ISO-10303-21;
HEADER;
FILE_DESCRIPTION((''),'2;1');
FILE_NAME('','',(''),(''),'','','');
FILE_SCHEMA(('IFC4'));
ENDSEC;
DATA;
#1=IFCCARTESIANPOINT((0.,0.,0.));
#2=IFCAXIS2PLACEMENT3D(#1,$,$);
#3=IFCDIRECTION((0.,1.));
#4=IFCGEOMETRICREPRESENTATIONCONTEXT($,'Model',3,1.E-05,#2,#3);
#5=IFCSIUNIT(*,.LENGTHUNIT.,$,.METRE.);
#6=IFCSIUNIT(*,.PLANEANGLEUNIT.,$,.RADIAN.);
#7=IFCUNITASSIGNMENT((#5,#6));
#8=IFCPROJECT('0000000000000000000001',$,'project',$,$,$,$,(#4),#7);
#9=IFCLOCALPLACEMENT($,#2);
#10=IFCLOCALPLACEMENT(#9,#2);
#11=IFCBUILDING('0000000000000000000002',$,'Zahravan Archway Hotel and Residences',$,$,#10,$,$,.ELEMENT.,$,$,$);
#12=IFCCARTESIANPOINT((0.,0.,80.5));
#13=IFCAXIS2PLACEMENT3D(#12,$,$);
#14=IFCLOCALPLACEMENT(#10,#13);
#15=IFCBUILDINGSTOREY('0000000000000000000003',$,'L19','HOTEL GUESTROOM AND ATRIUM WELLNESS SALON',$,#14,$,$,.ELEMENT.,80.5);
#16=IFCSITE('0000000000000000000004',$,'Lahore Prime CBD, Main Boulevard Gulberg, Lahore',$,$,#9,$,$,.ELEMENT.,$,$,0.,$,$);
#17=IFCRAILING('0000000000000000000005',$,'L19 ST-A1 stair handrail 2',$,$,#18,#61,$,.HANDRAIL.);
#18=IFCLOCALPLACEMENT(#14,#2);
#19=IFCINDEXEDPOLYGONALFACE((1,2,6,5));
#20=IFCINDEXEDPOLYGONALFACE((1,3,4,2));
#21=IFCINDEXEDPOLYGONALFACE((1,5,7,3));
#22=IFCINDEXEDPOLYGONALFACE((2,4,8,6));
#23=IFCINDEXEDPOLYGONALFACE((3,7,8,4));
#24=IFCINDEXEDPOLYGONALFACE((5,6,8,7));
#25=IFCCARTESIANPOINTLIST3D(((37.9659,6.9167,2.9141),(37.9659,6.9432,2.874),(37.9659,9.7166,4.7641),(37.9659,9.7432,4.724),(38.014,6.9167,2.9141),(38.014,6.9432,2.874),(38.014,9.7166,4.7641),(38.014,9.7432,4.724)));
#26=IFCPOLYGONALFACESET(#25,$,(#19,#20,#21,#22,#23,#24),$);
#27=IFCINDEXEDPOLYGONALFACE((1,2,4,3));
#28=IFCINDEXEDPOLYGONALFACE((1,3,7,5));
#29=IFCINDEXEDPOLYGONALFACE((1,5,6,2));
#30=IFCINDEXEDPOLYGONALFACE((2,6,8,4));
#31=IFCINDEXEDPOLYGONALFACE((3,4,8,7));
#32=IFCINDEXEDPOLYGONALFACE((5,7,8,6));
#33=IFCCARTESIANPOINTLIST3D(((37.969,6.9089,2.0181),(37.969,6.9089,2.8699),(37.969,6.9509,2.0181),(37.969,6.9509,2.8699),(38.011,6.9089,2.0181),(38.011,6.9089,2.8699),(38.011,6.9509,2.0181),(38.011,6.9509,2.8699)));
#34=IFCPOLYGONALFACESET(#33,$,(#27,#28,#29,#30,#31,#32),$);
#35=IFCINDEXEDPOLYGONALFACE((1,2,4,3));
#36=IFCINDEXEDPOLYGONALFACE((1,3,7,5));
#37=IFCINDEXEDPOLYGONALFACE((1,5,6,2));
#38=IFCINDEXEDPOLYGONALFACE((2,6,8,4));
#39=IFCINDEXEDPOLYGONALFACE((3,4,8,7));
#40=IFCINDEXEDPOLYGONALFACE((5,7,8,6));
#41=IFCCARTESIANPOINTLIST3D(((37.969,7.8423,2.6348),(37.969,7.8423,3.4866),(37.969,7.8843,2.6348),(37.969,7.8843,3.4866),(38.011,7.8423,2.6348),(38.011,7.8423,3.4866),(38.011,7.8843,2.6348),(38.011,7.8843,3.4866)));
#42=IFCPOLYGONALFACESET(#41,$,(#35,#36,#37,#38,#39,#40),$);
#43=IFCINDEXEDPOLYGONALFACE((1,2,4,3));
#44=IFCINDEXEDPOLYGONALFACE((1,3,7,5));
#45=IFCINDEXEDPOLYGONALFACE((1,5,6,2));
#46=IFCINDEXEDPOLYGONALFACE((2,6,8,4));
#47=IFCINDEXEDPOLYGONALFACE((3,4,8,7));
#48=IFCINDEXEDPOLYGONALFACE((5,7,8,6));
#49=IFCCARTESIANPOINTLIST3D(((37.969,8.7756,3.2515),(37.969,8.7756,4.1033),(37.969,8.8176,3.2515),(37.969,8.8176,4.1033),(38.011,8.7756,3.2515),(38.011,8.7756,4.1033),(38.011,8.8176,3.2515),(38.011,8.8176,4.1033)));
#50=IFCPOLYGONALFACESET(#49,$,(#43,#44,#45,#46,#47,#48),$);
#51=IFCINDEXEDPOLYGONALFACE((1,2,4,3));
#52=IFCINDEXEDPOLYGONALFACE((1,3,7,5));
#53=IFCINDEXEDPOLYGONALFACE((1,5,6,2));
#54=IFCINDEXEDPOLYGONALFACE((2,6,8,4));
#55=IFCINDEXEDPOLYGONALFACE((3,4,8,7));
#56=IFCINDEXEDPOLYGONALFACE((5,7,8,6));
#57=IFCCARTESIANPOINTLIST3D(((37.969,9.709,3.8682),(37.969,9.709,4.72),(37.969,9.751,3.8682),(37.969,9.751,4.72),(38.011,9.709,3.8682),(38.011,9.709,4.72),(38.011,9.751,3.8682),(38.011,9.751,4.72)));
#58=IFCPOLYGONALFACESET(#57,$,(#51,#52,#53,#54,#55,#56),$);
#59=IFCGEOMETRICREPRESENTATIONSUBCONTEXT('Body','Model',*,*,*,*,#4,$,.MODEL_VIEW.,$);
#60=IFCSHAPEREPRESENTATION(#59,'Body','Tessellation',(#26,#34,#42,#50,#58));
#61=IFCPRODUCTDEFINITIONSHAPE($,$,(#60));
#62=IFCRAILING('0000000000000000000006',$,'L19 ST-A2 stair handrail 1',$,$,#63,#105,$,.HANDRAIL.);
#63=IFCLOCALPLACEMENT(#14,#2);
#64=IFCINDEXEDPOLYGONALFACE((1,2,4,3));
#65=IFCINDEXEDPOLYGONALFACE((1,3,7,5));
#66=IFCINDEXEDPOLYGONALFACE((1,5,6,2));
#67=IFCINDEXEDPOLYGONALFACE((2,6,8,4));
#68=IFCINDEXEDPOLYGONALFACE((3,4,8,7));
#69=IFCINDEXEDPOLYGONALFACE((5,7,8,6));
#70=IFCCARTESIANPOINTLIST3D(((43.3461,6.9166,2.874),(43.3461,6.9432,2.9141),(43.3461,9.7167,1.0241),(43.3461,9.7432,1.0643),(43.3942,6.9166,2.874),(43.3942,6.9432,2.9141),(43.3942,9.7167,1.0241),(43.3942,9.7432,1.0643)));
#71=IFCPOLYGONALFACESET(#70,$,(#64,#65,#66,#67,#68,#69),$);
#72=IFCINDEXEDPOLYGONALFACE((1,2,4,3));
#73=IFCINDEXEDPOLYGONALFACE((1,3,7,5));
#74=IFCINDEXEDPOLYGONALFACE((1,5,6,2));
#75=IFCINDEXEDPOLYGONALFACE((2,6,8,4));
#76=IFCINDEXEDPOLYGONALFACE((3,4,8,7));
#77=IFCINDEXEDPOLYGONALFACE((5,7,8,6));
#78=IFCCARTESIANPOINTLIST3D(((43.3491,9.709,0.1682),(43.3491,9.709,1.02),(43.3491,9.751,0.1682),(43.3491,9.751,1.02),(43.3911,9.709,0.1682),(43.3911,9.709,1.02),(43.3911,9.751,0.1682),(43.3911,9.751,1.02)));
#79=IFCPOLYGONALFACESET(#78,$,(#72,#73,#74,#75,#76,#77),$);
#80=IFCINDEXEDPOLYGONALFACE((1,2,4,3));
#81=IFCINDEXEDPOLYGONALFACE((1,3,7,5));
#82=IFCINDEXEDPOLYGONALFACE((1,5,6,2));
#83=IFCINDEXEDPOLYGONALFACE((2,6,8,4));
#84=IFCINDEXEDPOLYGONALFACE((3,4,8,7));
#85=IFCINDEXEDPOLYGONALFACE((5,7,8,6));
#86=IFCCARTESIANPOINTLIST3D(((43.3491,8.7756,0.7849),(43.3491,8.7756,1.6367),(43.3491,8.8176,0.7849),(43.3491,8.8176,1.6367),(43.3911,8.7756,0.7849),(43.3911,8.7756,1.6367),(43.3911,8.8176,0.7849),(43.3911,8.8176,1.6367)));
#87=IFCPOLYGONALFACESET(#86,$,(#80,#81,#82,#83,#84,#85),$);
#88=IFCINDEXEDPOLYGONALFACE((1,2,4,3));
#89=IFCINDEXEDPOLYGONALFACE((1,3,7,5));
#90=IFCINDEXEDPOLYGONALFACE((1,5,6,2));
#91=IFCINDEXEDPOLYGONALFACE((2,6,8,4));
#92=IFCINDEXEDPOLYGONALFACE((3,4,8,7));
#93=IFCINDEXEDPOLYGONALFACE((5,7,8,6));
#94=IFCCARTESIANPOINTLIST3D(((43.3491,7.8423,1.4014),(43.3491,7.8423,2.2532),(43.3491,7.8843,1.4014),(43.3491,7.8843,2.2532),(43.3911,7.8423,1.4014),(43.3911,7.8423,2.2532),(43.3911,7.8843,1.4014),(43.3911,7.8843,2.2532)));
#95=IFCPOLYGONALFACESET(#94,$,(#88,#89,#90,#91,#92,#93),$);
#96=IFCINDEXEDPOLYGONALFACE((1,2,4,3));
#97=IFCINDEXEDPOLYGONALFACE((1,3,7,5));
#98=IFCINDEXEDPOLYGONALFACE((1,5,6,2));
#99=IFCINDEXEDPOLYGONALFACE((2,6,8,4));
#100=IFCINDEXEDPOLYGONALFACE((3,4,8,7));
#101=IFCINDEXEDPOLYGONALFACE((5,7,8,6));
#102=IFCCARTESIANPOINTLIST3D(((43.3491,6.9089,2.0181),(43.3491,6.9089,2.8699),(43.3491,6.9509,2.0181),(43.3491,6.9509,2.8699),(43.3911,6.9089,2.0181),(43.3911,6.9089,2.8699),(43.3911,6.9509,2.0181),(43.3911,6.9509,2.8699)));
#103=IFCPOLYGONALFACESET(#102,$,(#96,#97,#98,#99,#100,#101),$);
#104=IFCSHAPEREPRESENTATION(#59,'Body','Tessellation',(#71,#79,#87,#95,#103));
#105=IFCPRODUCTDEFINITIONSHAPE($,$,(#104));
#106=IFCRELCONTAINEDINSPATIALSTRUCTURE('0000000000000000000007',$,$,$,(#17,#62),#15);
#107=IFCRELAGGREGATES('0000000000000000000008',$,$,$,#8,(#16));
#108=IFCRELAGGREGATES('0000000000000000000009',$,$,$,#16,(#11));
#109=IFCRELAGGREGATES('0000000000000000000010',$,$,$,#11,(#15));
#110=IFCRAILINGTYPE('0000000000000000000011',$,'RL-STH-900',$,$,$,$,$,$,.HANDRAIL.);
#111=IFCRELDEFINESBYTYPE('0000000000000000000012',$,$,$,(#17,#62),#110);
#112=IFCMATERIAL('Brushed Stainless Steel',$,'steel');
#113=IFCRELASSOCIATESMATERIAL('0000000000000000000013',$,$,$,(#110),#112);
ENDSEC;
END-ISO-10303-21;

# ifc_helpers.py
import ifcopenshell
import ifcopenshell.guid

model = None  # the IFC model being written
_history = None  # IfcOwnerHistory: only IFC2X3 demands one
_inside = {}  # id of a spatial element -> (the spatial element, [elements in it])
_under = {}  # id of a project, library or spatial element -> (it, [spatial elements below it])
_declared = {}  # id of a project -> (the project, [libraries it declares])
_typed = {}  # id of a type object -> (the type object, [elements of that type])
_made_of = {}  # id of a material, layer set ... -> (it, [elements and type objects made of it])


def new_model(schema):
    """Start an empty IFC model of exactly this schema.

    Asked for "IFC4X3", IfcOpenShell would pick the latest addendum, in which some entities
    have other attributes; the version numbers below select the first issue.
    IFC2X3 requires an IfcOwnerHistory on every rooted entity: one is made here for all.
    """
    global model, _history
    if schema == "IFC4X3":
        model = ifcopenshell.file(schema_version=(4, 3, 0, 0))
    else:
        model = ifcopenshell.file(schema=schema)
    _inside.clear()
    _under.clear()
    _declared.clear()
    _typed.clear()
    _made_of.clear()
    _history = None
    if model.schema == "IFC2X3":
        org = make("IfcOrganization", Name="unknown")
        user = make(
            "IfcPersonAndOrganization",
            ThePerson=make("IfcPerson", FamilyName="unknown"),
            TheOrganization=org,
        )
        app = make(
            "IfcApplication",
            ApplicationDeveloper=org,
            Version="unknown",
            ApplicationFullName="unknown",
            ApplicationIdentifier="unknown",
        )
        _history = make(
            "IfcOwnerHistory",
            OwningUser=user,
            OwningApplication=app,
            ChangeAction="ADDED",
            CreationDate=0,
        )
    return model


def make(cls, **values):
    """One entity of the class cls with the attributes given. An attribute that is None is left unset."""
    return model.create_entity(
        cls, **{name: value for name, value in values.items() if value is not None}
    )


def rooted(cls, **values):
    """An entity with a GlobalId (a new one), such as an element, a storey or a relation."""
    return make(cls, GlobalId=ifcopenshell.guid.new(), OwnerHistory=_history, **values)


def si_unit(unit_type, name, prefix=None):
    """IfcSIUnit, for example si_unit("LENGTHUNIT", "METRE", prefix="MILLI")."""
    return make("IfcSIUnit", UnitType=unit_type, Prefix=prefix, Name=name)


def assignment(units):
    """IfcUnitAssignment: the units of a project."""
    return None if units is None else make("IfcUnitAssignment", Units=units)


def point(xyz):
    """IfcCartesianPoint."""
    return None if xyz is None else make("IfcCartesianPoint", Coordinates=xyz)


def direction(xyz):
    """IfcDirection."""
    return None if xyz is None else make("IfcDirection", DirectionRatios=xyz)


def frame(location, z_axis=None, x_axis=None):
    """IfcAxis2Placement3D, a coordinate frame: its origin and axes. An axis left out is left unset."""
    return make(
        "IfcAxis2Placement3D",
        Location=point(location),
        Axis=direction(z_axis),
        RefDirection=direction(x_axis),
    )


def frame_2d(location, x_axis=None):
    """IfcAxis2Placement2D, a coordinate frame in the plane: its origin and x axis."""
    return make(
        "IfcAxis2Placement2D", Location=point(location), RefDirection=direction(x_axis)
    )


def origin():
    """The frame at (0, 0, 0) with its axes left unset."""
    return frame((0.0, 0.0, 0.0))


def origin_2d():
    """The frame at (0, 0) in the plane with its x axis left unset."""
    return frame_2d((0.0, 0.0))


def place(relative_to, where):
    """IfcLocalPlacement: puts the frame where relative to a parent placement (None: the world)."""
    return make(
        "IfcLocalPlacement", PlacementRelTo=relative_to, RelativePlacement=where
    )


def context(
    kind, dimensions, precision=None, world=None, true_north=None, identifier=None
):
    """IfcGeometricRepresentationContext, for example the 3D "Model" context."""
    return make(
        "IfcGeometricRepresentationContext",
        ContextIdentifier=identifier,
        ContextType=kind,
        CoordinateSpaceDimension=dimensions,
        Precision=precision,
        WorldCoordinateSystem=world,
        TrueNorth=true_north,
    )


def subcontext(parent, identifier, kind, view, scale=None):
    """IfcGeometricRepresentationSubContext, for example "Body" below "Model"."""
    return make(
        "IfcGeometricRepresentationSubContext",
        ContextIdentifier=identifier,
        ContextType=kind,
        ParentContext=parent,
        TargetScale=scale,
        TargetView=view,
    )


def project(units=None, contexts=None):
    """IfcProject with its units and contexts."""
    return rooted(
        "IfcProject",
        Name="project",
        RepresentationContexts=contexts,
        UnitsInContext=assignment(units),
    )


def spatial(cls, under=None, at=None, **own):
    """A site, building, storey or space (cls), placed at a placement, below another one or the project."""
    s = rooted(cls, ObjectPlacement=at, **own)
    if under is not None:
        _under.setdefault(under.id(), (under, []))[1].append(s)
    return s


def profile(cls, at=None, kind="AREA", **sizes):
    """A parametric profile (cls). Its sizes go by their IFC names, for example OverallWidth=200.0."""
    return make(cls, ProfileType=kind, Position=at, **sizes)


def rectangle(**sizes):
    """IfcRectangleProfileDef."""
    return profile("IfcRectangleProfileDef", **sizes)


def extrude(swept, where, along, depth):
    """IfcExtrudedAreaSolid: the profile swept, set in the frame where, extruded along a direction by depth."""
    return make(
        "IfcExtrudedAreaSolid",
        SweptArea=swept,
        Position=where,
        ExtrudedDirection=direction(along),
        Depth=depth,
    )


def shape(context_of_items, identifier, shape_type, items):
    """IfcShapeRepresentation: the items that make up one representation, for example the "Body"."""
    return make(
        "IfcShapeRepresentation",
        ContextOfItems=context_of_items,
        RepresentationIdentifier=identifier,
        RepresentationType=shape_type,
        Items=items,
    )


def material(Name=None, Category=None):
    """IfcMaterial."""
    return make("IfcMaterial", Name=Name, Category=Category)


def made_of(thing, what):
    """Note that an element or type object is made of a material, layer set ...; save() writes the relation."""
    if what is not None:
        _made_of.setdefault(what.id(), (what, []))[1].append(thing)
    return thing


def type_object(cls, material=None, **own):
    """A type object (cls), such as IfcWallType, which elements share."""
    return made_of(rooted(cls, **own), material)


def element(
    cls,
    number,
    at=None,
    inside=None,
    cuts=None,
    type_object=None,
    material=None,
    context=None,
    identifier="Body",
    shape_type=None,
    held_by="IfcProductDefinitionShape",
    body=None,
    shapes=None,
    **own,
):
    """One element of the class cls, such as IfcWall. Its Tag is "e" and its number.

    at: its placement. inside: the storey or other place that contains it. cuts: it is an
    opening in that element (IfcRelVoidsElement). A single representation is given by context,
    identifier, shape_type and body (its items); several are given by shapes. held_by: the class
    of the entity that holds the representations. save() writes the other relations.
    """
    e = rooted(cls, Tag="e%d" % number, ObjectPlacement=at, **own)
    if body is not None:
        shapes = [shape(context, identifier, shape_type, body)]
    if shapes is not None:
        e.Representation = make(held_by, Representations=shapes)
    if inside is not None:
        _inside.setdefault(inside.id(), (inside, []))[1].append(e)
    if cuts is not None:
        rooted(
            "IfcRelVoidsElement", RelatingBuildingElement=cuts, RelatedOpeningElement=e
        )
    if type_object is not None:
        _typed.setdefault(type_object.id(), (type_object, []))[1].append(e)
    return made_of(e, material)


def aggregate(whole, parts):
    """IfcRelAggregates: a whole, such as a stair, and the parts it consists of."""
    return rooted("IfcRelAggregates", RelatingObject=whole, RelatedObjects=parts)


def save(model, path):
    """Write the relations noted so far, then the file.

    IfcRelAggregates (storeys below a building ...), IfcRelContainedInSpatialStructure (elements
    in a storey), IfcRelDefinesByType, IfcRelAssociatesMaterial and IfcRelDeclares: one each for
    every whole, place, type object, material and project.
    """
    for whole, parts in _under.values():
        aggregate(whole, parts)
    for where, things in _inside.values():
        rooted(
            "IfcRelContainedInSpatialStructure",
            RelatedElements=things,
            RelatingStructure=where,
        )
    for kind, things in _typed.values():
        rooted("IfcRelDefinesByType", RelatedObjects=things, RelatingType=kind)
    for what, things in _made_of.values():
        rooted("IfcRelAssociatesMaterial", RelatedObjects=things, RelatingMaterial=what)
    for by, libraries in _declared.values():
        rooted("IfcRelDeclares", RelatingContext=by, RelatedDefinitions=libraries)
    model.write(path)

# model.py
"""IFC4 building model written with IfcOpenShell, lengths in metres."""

from ifc_helpers import new_model, si_unit, direction, frame, origin, origin_2d, place, context, subcontext, project, spatial, rectangle, extrude, material, type_object, element, save


model = new_model("IFC4")

# Units and contexts
model_context = context("Model", 3, precision=1e-05, world=origin(), true_north=direction((0.0, 1.0)))
body_context = subcontext(model_context, "Body", "Model", "MODEL_VIEW")
ifc_project = project(units=[si_unit("LENGTHUNIT", "METRE"), si_unit("PLANEANGLEUNIT", "RADIAN")], contexts=[model_context])

# Site, building, storey
site_placement = place(None, origin())
site = spatial("IfcSite", under=ifc_project, at=site_placement, Name="Lahore Prime CBD, Main Boulevard Gulberg, Lahore", CompositionType="ELEMENT", RefElevation=0.0)
building_placement = place(site_placement, origin())
building = spatial("IfcBuilding", under=site, at=building_placement, Name="Zahravan Archway Hotel and Residences", CompositionType="ELEMENT")
storey_placement = place(building_placement, frame((0.0, 0.0, 80.5)))
storey = spatial("IfcBuildingStorey", under=building, at=storey_placement, Name="L19", Description="HOTEL GUESTROOM AND ATRIUM WELLNESS SALON", CompositionType="ELEMENT", Elevation=80.5)

# Shared definitions
ifc_material_1 = material(Name="Brushed Stainless Steel", Category="steel")

# Railings
railing_type_1 = type_object("IfcRailingType", Name="RL-STH-900", PredefinedType="HANDRAIL", material=ifc_material_1)
railing_1_placement = place(storey_placement, frame((37.99, 6.9299, 2.0181)))
element("IfcRailing", 1, at=railing_1_placement, inside=storey, type_object=railing_type_1, Name="L19 ST-A1 stair handrail 2", PredefinedType="HANDRAIL", context=body_context, shape_type="SweptSolid", body=[
    extrude(rectangle(XDim=0.0481, YDim=0.0481, at=origin_2d()), frame((0.0, 0.0, 0.876), z_axis=(0.0, 0.834326, 0.551271), x_axis=(-1.0, 0.0, 0.0)), (0.0, 0.0, 1.0), 3.356),
    extrude(rectangle(XDim=0.042, YDim=0.042, at=origin_2d()), origin(), (0.0, 0.0, 1.0), 0.8518),
    extrude(rectangle(XDim=0.042, YDim=0.042, at=origin_2d()), frame((0.0, 0.9333, 0.6167)), (0.0, 0.0, 1.0), 0.8518),
    extrude(rectangle(XDim=0.042, YDim=0.042, at=origin_2d()), frame((0.0, 1.8667, 1.2334)), (0.0, 0.0, 1.0), 0.8518),
    extrude(rectangle(XDim=0.042, YDim=0.042, at=origin_2d()), frame((0.0, 2.8, 1.8501)), (0.0, 0.0, 1.0), 0.8518),
])
railing_2_placement = place(storey_placement, frame((43.3701, 9.73, 0.1682)))
element("IfcRailing", 2, at=railing_2_placement, inside=storey, type_object=railing_type_1, Name="L19 ST-A2 stair handrail 1", PredefinedType="HANDRAIL", context=body_context, shape_type="SweptSolid", body=[
    extrude(rectangle(XDim=0.0481, YDim=0.0481, at=origin_2d()), frame((0.0, 0.0, 0.876), z_axis=(0.0, -0.83436, 0.55122), x_axis=(1.0, 0.0, 0.0)), (0.0, 0.0, 1.0), 3.356),
    extrude(rectangle(XDim=0.042, YDim=0.042, at=origin_2d()), origin(), (0.0, 0.0, 1.0), 0.8518),
    extrude(rectangle(XDim=0.042, YDim=0.042, at=origin_2d()), frame((0.0, -0.9333, 0.6167)), (0.0, 0.0, 1.0), 0.8518),
    extrude(rectangle(XDim=0.042, YDim=0.042, at=origin_2d()), frame((0.0, -1.8667, 1.2332)), (0.0, 0.0, 1.0), 0.8518),
    extrude(rectangle(XDim=0.042, YDim=0.042, at=origin_2d()), frame((0.0, -2.8, 1.8499)), (0.0, 0.0, 1.0), 0.8518),
])

save(model, "model.ifc")
